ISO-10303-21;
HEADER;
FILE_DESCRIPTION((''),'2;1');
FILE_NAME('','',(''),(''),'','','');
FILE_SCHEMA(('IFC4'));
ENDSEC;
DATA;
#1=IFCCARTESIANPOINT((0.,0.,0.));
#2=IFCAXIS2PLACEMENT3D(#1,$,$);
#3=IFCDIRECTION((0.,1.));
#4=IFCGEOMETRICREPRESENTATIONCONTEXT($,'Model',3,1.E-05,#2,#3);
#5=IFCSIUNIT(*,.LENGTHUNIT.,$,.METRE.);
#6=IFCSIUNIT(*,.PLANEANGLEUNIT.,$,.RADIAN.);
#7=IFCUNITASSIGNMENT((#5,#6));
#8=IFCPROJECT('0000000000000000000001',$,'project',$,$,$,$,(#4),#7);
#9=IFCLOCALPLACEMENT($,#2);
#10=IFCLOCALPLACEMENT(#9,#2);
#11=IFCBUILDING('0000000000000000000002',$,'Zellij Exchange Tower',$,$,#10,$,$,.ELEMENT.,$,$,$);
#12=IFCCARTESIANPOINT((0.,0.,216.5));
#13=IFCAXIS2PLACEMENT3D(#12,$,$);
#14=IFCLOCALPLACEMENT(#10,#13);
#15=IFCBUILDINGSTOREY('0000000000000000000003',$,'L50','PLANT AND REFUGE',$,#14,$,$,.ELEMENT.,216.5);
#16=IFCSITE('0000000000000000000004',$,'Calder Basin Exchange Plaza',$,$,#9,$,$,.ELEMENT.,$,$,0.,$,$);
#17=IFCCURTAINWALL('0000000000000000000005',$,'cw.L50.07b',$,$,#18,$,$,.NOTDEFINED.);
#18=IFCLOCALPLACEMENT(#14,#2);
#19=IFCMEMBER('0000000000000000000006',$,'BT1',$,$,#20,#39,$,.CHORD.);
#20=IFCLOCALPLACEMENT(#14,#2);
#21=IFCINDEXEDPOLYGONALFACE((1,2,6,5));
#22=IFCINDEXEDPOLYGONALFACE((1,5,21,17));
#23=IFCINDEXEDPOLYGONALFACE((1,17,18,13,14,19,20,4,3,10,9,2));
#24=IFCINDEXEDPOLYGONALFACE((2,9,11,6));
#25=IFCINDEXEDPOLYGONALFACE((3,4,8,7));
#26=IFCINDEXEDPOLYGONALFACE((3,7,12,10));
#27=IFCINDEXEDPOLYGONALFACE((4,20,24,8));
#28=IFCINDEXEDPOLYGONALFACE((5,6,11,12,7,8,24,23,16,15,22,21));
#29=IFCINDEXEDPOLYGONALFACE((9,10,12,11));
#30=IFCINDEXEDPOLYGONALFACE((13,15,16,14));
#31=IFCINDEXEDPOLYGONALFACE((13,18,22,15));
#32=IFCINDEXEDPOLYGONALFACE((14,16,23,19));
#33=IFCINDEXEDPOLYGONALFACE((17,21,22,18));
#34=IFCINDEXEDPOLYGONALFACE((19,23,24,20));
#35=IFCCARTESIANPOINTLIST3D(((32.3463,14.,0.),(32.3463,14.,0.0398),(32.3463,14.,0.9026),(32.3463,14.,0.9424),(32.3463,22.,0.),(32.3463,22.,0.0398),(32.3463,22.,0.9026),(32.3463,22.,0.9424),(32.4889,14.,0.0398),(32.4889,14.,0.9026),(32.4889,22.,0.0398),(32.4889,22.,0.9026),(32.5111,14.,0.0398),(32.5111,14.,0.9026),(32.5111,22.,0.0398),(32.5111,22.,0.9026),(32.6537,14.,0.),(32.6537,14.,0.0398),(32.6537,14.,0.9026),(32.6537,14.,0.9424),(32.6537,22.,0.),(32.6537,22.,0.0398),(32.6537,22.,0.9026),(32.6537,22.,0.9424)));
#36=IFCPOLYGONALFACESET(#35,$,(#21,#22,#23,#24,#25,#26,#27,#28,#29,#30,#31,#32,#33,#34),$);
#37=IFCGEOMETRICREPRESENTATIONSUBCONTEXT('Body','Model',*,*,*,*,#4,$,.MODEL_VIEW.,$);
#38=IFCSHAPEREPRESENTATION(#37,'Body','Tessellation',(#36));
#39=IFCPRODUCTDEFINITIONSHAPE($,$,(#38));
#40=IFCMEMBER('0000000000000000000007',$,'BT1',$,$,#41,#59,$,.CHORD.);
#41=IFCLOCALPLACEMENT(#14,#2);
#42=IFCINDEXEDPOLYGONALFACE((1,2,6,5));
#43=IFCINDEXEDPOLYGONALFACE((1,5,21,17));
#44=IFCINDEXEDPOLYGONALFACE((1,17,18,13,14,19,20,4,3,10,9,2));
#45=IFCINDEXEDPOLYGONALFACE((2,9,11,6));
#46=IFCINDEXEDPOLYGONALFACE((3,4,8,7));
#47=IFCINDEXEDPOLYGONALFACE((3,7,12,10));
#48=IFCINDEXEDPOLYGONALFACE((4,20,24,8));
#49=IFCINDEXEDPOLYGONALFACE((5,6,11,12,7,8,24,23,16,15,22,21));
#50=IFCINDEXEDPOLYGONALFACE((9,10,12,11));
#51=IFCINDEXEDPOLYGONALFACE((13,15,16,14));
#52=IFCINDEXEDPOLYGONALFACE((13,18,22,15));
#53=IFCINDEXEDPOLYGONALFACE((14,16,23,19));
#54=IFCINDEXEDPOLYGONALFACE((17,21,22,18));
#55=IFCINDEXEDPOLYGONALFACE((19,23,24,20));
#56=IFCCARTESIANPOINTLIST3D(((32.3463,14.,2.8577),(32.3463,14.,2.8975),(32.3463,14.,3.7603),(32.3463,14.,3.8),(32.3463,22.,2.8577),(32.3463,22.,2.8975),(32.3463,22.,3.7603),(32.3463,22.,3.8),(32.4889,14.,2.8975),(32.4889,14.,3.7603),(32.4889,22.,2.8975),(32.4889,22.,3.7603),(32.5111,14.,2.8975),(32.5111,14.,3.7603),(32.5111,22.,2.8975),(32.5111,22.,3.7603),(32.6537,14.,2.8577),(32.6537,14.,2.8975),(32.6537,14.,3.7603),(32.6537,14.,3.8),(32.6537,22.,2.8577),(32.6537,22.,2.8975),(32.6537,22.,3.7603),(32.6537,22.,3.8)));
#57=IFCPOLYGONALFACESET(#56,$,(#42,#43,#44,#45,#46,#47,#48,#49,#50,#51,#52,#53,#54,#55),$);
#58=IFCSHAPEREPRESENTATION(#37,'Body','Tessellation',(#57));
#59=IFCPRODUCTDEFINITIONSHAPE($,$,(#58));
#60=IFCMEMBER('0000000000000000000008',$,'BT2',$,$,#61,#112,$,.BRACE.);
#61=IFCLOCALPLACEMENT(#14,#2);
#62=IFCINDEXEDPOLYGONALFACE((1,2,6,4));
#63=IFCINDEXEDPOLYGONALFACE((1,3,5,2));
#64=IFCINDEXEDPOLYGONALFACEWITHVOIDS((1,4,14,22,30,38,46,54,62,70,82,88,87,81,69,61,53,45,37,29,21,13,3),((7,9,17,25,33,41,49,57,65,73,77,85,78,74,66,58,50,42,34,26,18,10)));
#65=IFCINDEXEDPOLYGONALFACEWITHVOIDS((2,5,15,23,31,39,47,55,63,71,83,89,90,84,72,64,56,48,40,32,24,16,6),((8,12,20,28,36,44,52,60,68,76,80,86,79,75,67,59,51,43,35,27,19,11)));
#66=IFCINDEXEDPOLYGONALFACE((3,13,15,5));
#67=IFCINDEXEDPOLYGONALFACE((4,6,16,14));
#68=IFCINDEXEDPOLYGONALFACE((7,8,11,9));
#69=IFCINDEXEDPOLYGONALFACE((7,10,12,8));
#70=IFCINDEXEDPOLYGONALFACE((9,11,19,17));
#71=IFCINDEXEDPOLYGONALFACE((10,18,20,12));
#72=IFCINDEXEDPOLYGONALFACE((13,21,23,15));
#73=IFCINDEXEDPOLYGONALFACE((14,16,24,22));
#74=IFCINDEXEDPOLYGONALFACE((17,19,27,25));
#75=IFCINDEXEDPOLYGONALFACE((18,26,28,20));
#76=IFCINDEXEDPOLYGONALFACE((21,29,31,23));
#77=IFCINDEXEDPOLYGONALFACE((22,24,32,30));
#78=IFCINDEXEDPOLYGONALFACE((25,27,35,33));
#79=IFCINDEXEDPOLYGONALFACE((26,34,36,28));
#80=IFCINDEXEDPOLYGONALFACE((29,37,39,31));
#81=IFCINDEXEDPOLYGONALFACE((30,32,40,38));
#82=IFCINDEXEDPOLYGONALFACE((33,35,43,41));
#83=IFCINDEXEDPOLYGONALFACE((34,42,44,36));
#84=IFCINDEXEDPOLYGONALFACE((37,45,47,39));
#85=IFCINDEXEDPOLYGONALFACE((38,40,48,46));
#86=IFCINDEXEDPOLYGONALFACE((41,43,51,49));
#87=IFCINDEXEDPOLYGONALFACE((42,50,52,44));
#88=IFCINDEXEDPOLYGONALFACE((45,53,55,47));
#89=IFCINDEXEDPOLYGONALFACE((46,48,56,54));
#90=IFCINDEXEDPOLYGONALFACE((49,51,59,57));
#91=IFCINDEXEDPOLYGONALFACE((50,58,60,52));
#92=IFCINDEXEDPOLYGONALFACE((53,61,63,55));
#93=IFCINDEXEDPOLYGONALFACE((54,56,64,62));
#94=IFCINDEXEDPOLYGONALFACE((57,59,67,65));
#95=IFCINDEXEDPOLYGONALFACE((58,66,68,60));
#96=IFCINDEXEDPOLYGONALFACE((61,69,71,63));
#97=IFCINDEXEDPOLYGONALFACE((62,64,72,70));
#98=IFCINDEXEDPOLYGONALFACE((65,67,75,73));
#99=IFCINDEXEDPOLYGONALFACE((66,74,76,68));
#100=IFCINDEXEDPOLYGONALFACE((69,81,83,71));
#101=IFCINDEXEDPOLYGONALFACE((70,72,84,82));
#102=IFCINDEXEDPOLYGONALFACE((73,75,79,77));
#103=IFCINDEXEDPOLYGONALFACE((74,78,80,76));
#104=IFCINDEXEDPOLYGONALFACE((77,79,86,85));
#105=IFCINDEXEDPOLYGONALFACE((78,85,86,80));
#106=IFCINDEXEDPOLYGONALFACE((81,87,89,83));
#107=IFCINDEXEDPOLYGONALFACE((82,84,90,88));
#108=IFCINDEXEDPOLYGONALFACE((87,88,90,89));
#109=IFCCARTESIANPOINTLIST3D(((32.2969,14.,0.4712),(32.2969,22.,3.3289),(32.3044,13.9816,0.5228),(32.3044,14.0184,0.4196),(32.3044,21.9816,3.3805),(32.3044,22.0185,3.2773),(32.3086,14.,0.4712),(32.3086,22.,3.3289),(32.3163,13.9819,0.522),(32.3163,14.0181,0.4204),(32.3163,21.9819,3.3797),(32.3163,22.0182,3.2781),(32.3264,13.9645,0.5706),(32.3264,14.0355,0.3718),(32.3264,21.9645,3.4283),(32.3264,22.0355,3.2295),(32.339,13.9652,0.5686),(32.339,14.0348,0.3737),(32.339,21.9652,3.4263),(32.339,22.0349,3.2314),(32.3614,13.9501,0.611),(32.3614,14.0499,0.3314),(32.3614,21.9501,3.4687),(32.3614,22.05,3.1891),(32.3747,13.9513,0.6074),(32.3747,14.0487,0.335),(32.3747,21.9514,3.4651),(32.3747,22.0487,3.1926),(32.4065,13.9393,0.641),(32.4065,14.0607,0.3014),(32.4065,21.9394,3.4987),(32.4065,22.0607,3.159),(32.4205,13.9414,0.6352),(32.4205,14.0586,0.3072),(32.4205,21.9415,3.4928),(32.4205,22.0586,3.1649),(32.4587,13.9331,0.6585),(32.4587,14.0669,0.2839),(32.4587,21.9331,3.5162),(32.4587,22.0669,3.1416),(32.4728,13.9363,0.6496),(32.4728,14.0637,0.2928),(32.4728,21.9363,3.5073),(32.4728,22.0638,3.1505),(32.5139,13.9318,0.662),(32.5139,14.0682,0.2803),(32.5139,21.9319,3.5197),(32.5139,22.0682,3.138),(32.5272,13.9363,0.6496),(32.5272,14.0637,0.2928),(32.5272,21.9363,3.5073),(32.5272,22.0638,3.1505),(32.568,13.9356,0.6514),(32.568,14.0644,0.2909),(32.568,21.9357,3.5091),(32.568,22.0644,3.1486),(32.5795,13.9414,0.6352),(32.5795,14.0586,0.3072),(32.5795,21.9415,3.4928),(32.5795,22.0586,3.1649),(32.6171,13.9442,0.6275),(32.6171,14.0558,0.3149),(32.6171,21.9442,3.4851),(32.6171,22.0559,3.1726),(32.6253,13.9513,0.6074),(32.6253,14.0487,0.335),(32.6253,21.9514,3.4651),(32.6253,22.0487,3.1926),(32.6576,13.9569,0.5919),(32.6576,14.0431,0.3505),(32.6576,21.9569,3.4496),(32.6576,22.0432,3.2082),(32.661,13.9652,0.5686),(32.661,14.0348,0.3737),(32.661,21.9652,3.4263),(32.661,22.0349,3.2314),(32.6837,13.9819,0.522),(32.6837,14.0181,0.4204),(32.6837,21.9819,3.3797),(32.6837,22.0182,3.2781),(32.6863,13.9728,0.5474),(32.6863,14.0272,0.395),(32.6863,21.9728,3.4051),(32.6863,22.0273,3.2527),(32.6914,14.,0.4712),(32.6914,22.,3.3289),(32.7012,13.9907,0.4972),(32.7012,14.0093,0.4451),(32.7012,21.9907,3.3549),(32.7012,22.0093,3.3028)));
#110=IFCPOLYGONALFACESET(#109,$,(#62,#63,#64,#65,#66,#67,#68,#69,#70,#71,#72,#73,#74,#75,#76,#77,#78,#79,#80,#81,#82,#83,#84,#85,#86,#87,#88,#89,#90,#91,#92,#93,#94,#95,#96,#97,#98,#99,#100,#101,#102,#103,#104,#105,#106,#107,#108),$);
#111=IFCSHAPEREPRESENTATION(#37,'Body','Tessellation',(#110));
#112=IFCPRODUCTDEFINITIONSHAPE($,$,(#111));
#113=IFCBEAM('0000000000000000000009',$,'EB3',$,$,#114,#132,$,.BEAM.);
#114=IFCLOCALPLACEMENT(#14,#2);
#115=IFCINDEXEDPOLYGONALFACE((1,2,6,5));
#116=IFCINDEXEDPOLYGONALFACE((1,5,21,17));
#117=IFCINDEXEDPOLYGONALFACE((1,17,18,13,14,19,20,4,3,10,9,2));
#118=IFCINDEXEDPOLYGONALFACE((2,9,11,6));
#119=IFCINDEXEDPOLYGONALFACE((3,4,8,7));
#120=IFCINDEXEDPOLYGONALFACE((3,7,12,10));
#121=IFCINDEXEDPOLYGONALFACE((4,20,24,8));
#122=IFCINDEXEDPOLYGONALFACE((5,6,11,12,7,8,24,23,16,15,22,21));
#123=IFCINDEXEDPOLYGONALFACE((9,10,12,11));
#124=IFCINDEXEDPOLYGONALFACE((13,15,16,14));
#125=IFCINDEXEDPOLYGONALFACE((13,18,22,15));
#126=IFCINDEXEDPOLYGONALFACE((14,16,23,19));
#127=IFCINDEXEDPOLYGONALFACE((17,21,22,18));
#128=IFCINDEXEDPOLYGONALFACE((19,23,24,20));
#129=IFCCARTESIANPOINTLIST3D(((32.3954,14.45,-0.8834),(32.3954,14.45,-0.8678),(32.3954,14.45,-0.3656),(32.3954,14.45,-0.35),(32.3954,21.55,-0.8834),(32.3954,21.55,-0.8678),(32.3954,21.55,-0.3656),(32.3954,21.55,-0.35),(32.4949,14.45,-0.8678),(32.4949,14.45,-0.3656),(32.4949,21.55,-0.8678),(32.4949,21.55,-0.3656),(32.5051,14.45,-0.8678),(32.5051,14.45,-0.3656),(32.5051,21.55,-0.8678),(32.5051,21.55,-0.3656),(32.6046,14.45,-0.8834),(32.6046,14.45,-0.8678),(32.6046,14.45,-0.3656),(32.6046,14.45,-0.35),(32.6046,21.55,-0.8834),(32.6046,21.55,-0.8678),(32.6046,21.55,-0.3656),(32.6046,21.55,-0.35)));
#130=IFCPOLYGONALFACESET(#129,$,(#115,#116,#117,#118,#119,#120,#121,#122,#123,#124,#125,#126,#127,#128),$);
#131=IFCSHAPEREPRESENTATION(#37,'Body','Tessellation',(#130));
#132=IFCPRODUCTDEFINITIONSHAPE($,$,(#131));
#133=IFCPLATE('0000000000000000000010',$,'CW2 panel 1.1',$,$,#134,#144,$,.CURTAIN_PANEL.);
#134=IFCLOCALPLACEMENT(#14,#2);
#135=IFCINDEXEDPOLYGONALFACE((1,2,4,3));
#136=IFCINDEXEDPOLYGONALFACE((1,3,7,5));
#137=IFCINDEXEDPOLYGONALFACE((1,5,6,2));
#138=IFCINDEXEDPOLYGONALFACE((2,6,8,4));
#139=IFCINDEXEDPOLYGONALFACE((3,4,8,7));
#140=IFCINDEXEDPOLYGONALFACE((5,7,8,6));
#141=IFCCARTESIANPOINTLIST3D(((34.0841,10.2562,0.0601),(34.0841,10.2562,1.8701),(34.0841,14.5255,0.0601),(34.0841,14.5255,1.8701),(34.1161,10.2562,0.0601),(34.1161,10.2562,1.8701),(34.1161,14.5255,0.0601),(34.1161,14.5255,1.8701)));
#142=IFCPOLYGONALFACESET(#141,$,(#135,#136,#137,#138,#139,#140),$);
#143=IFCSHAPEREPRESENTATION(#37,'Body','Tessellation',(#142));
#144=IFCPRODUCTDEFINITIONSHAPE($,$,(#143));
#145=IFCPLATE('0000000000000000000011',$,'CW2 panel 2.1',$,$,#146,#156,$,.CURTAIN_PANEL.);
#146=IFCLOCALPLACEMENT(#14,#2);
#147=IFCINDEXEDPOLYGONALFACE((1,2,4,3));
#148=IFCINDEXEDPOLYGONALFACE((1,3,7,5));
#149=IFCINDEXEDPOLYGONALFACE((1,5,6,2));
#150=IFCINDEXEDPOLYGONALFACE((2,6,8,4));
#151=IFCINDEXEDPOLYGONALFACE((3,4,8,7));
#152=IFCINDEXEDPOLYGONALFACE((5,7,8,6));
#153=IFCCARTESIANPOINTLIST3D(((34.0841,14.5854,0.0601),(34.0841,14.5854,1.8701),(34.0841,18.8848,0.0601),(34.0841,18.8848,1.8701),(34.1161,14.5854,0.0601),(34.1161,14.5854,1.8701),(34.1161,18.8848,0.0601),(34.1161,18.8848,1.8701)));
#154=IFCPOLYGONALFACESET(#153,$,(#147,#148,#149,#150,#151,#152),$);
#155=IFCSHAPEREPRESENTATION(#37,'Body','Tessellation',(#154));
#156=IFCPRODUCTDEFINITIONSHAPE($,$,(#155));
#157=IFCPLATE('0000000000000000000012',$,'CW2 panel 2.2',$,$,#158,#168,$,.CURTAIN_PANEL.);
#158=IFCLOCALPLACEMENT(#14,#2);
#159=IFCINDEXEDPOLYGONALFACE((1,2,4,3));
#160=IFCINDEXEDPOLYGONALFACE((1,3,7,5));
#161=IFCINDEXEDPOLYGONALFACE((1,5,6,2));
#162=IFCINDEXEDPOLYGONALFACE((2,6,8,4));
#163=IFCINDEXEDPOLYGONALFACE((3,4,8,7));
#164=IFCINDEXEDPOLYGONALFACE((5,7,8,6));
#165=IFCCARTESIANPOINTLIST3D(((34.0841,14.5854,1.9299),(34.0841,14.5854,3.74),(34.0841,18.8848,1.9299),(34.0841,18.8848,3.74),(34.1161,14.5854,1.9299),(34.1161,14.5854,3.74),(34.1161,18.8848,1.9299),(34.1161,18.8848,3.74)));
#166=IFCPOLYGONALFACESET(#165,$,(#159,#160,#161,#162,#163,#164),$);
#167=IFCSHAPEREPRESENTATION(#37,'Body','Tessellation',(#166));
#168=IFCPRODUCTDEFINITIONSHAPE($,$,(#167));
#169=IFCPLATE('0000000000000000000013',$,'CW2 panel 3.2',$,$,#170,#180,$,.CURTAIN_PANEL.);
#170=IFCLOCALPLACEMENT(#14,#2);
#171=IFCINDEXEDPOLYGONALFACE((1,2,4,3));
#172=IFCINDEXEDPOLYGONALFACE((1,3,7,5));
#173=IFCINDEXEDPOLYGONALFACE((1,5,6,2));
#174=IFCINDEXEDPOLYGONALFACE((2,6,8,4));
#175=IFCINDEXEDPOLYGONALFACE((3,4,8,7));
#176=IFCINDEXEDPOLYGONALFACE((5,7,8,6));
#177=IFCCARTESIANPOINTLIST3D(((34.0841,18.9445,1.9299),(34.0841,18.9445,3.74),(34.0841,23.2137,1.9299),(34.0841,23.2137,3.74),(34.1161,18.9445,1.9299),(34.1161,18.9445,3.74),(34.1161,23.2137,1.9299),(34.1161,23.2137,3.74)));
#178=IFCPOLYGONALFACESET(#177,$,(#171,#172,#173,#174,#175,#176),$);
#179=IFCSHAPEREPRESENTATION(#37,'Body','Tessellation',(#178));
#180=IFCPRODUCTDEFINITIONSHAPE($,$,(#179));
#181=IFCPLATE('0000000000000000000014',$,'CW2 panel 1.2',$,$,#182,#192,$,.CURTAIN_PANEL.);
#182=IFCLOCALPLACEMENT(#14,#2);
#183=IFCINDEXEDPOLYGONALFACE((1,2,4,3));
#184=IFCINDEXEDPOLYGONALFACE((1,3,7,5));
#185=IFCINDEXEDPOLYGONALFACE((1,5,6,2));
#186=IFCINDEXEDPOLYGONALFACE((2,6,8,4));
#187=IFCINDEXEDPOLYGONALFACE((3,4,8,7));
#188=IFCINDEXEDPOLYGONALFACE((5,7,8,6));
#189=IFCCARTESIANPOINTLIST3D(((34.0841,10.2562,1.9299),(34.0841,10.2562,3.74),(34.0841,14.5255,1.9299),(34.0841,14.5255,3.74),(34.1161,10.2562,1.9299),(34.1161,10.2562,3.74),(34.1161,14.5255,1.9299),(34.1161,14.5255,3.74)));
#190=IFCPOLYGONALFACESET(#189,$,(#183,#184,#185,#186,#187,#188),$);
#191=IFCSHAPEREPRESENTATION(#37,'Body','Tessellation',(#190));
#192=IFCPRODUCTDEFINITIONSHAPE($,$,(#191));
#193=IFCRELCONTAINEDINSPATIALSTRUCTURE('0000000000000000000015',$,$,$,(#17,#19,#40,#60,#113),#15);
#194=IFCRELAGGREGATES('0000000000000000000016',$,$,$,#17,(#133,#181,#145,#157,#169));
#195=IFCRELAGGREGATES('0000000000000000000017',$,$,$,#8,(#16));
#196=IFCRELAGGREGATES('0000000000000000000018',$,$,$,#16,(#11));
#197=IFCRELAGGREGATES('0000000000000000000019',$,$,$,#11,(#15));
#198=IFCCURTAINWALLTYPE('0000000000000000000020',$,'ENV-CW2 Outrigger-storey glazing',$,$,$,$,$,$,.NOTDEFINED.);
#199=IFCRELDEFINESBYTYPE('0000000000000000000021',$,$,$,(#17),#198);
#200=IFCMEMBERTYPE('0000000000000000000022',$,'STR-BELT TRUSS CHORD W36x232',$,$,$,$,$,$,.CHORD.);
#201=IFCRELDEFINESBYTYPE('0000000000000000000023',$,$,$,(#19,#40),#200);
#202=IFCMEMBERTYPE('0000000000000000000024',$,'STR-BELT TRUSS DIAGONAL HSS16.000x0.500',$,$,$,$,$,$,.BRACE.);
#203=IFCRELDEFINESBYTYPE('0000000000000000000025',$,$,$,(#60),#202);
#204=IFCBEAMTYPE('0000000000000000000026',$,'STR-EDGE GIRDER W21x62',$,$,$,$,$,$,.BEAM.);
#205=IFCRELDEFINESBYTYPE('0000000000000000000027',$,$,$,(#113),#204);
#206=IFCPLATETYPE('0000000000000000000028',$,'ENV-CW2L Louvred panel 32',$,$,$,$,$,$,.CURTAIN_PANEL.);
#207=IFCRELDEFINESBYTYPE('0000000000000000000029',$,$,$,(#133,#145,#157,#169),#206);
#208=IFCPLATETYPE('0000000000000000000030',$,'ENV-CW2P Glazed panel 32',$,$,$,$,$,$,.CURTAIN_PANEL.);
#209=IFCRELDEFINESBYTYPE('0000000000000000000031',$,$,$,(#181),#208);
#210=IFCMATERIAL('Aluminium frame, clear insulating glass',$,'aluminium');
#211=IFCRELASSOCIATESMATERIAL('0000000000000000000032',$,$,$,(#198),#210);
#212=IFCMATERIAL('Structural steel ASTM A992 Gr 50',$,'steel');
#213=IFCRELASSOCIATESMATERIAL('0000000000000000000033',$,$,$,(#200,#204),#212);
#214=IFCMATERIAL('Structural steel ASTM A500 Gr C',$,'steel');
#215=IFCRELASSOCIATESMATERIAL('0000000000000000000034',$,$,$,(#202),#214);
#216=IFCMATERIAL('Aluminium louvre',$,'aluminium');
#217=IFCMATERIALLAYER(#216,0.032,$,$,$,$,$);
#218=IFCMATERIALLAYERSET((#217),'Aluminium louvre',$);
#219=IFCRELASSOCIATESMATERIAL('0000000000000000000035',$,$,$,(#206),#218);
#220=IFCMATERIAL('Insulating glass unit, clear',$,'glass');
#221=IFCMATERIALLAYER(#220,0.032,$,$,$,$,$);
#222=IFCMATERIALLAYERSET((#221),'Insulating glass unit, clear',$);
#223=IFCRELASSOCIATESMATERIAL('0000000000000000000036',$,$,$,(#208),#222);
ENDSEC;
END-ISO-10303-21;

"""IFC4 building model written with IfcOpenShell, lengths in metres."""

from ifc_helpers import new_model, si_unit, direction, frame, origin, origin_2d, place, context, subcontext, project, spatial, rectangle, hollow_circle, i_section, extrude, material, layer, layer_set, material_profile, profile_set, type_object, element, aggregate, save


model = new_model("IFC4")

# Units and contexts
model_context = context("Model", 3, precision=1e-05, world=origin(), true_north=direction((0.0, 1.0)))
body_context = subcontext(model_context, "Body", "Model", "MODEL_VIEW")
ifc_project = project(units=[si_unit("LENGTHUNIT", "METRE"), si_unit("PLANEANGLEUNIT", "RADIAN")], contexts=[model_context])

# Site, building, storey
site_placement = place(None, origin())
site = spatial("IfcSite", under=ifc_project, at=site_placement, Name="Calder Basin Exchange Plaza", CompositionType="ELEMENT", RefElevation=0.0)
building_placement = place(site_placement, origin())
building = spatial("IfcBuilding", under=site, at=building_placement, Name="Zellij Exchange Tower", CompositionType="ELEMENT")
storey_placement = place(building_placement, frame((0.0, 0.0, 216.5)))
storey = spatial("IfcBuildingStorey", under=building, at=storey_placement, Name="L50", Description="PLANT AND REFUGE", CompositionType="ELEMENT", Elevation=216.5)

# Shared definitions
ifc_material_1 = material(Name="Aluminium frame, clear insulating glass", Category="aluminium")
curtain_wall_type = type_object("IfcCurtainWallType", Name="ENV-CW2 Outrigger-storey glazing", PredefinedType="NOTDEFINED", material=ifc_material_1)

# Curtain wall
curtain_wall_1_placement = place(storey_placement, origin())
curtain_wall_1 = element("IfcCurtainWall", 1, at=curtain_wall_1_placement, inside=storey, type_object=curtain_wall_type, Name="cw.L50.07b", PredefinedType="NOTDEFINED")

# Members
ifc_material_2 = material(Name="Structural steel ASTM A992 Gr 50", Category="steel")
ifc_material_profile_1 = material_profile(ifc_material_2, i_section(OverallWidth=0.3074, OverallDepth=0.9424, WebThickness=0.0222, FlangeThickness=0.0398, at=origin_2d()), Name="W36x232")
ifc_profile_set_1 = profile_set([ifc_material_profile_1], Name="Structural steel ASTM A992 Gr 50")
member_type_1 = type_object("IfcMemberType", Name="STR-BELT TRUSS CHORD W36x232", PredefinedType="CHORD", material=ifc_profile_set_1)
for number, where, z_axis, x_axis, name in (
    (2, (32.5, 14.0, 0.4712), (0.0, 1.0, 0.0), (-1.0, 0.0, 0.0), "BT1"),
    (3, (32.5, 14.0, 3.3289), (0.0, 1.0, 0.0), (-1.0, 0.0, 0.0), "BT1"),
):
    element("IfcMember", number, at=place(storey_placement, frame(where, z_axis=z_axis, x_axis=x_axis)), inside=storey, type_object=member_type_1, Name=name, PredefinedType="CHORD", context=body_context, shape_type="SweptSolid", body=[
        extrude(i_section(OverallWidth=0.3074, OverallDepth=0.9424, WebThickness=0.0222, FlangeThickness=0.0398, at=origin_2d()), origin(), (0.0, 0.0, 1.0), 8.0),
    ])
ifc_material_3 = material(Name="Structural steel ASTM A500 Gr C", Category="steel")
ifc_material_profile_2 = material_profile(ifc_material_3, hollow_circle(Radius=0.2031, WallThickness=0.0117, at=origin_2d()), Name="STR-BELT TRUSS DIAGONAL HSS16.000x0.500")
ifc_profile_set_2 = profile_set([ifc_material_profile_2], Name="Structural steel ASTM A500 Gr C")
member_type_2 = type_object("IfcMemberType", Name="STR-BELT TRUSS DIAGONAL HSS16.000x0.500", PredefinedType="BRACE", material=ifc_profile_set_2)
member_1_placement = place(storey_placement, frame((32.5, 14.0, 0.4712), z_axis=(0.0, 0.941722, 0.336391), x_axis=(-1.0, 0.0, 0.0)))
element("IfcMember", 4, at=member_1_placement, inside=storey, type_object=member_type_2, Name="BT2", PredefinedType="BRACE", context=body_context, shape_type="SweptSolid", body=[
    extrude(hollow_circle(Radius=0.2031, WallThickness=0.0117, at=origin_2d()), origin(), (0.0, 0.0, 1.0), 8.4951),
])

# Beam
ifc_material_profile_3 = material_profile(ifc_material_2, i_section(OverallWidth=0.2092, OverallDepth=0.5334, WebThickness=0.0103, FlangeThickness=0.0156, at=origin_2d()), Name="W21x62")
ifc_profile_set_3 = profile_set([ifc_material_profile_3], Name="Structural steel ASTM A992 Gr 50")
beam_type = type_object("IfcBeamType", Name="STR-EDGE GIRDER W21x62", PredefinedType="BEAM", material=ifc_profile_set_3)
beam_placement = place(storey_placement, frame((32.5, 14.45, -0.6167), z_axis=(0.0, 1.0, 0.0), x_axis=(-1.0, 0.0, 0.0)))
element("IfcBeam", 5, at=beam_placement, inside=storey, type_object=beam_type, Name="EB3", PredefinedType="BEAM", context=body_context, shape_type="SweptSolid", body=[
    extrude(i_section(OverallWidth=0.2092, OverallDepth=0.5334, WebThickness=0.0103, FlangeThickness=0.0156, at=origin_2d()), origin(), (0.0, 0.0, 1.0), 7.1001),
])

# Plates
ifc_material_4 = material(Name="Aluminium louvre", Category="aluminium")
ifc_layer_1 = layer(ifc_material_4, 0.032)
ifc_layer_set_1 = layer_set([ifc_layer_1], Name="Aluminium louvre")
plate_type_1 = type_object("IfcPlateType", Name="ENV-CW2L Louvred panel 32", PredefinedType="CURTAIN_PANEL", material=ifc_layer_set_1)
plate_1_placement = place(storey_placement, frame((34.1001, 12.3909, 0.0601), z_axis=(0.0, 0.0, 1.0), x_axis=(0.0, 1.0, 0.0)))
plate_1 = element("IfcPlate", 6, at=plate_1_placement, type_object=plate_type_1, Name="CW2 panel 1.1", PredefinedType="CURTAIN_PANEL", context=body_context, shape_type="SweptSolid", body=[
    extrude(rectangle(XDim=4.2693, YDim=0.032, at=origin_2d()), origin(), (0.0, 0.0, 1.0), 1.8101),
])
plate_2_placement = place(storey_placement, frame((34.1001, 16.7351, 0.0601), z_axis=(0.0, 0.0, 1.0), x_axis=(0.0, 1.0, 0.0)))
plate_2 = element("IfcPlate", 7, at=plate_2_placement, type_object=plate_type_1, Name="CW2 panel 2.1", PredefinedType="CURTAIN_PANEL", context=body_context, shape_type="SweptSolid", body=[
    extrude(rectangle(XDim=4.2993, YDim=0.032, at=origin_2d()), origin(), (0.0, 0.0, 1.0), 1.8101),
])
plate_3_placement = place(storey_placement, frame((34.1001, 16.7351, 1.9299), z_axis=(0.0, 0.0, 1.0), x_axis=(0.0, 1.0, 0.0)))
plate_3 = element("IfcPlate", 8, at=plate_3_placement, type_object=plate_type_1, Name="CW2 panel 2.2", PredefinedType="CURTAIN_PANEL", context=body_context, shape_type="SweptSolid", body=[
    extrude(rectangle(XDim=4.2993, YDim=0.032, at=origin_2d()), origin(), (0.0, 0.0, 1.0), 1.8101),
])
plate_4_placement = place(storey_placement, frame((34.1001, 21.0791, 1.9299), z_axis=(0.0, 0.0, 1.0), x_axis=(0.0, 1.0, 0.0)))
plate_4 = element("IfcPlate", 9, at=plate_4_placement, type_object=plate_type_1, Name="CW2 panel 3.2", PredefinedType="CURTAIN_PANEL", context=body_context, shape_type="SweptSolid", body=[
    extrude(rectangle(XDim=4.2693, YDim=0.032, at=origin_2d()), origin(), (0.0, 0.0, 1.0), 1.8101),
])
ifc_material_5 = material(Name="Insulating glass unit, clear", Category="glass")
ifc_layer_2 = layer(ifc_material_5, 0.032)
ifc_layer_set_2 = layer_set([ifc_layer_2], Name="Insulating glass unit, clear")
plate_type_2 = type_object("IfcPlateType", Name="ENV-CW2P Glazed panel 32", PredefinedType="CURTAIN_PANEL", material=ifc_layer_set_2)
plate_5_placement = place(storey_placement, frame((34.1001, 12.3909, 1.9299), z_axis=(0.0, 0.0, 1.0), x_axis=(0.0, 1.0, 0.0)))
plate_5 = element("IfcPlate", 10, at=plate_5_placement, type_object=plate_type_2, Name="CW2 panel 1.2", PredefinedType="CURTAIN_PANEL", context=body_context, shape_type="SweptSolid", body=[
    extrude(rectangle(XDim=4.2693, YDim=0.032, at=origin_2d()), origin(), (0.0, 0.0, 1.0), 1.8101),
])
aggregate(curtain_wall_1, [plate_1, plate_5, plate_2, plate_3, plate_4])

save(model, "model.ifc")
